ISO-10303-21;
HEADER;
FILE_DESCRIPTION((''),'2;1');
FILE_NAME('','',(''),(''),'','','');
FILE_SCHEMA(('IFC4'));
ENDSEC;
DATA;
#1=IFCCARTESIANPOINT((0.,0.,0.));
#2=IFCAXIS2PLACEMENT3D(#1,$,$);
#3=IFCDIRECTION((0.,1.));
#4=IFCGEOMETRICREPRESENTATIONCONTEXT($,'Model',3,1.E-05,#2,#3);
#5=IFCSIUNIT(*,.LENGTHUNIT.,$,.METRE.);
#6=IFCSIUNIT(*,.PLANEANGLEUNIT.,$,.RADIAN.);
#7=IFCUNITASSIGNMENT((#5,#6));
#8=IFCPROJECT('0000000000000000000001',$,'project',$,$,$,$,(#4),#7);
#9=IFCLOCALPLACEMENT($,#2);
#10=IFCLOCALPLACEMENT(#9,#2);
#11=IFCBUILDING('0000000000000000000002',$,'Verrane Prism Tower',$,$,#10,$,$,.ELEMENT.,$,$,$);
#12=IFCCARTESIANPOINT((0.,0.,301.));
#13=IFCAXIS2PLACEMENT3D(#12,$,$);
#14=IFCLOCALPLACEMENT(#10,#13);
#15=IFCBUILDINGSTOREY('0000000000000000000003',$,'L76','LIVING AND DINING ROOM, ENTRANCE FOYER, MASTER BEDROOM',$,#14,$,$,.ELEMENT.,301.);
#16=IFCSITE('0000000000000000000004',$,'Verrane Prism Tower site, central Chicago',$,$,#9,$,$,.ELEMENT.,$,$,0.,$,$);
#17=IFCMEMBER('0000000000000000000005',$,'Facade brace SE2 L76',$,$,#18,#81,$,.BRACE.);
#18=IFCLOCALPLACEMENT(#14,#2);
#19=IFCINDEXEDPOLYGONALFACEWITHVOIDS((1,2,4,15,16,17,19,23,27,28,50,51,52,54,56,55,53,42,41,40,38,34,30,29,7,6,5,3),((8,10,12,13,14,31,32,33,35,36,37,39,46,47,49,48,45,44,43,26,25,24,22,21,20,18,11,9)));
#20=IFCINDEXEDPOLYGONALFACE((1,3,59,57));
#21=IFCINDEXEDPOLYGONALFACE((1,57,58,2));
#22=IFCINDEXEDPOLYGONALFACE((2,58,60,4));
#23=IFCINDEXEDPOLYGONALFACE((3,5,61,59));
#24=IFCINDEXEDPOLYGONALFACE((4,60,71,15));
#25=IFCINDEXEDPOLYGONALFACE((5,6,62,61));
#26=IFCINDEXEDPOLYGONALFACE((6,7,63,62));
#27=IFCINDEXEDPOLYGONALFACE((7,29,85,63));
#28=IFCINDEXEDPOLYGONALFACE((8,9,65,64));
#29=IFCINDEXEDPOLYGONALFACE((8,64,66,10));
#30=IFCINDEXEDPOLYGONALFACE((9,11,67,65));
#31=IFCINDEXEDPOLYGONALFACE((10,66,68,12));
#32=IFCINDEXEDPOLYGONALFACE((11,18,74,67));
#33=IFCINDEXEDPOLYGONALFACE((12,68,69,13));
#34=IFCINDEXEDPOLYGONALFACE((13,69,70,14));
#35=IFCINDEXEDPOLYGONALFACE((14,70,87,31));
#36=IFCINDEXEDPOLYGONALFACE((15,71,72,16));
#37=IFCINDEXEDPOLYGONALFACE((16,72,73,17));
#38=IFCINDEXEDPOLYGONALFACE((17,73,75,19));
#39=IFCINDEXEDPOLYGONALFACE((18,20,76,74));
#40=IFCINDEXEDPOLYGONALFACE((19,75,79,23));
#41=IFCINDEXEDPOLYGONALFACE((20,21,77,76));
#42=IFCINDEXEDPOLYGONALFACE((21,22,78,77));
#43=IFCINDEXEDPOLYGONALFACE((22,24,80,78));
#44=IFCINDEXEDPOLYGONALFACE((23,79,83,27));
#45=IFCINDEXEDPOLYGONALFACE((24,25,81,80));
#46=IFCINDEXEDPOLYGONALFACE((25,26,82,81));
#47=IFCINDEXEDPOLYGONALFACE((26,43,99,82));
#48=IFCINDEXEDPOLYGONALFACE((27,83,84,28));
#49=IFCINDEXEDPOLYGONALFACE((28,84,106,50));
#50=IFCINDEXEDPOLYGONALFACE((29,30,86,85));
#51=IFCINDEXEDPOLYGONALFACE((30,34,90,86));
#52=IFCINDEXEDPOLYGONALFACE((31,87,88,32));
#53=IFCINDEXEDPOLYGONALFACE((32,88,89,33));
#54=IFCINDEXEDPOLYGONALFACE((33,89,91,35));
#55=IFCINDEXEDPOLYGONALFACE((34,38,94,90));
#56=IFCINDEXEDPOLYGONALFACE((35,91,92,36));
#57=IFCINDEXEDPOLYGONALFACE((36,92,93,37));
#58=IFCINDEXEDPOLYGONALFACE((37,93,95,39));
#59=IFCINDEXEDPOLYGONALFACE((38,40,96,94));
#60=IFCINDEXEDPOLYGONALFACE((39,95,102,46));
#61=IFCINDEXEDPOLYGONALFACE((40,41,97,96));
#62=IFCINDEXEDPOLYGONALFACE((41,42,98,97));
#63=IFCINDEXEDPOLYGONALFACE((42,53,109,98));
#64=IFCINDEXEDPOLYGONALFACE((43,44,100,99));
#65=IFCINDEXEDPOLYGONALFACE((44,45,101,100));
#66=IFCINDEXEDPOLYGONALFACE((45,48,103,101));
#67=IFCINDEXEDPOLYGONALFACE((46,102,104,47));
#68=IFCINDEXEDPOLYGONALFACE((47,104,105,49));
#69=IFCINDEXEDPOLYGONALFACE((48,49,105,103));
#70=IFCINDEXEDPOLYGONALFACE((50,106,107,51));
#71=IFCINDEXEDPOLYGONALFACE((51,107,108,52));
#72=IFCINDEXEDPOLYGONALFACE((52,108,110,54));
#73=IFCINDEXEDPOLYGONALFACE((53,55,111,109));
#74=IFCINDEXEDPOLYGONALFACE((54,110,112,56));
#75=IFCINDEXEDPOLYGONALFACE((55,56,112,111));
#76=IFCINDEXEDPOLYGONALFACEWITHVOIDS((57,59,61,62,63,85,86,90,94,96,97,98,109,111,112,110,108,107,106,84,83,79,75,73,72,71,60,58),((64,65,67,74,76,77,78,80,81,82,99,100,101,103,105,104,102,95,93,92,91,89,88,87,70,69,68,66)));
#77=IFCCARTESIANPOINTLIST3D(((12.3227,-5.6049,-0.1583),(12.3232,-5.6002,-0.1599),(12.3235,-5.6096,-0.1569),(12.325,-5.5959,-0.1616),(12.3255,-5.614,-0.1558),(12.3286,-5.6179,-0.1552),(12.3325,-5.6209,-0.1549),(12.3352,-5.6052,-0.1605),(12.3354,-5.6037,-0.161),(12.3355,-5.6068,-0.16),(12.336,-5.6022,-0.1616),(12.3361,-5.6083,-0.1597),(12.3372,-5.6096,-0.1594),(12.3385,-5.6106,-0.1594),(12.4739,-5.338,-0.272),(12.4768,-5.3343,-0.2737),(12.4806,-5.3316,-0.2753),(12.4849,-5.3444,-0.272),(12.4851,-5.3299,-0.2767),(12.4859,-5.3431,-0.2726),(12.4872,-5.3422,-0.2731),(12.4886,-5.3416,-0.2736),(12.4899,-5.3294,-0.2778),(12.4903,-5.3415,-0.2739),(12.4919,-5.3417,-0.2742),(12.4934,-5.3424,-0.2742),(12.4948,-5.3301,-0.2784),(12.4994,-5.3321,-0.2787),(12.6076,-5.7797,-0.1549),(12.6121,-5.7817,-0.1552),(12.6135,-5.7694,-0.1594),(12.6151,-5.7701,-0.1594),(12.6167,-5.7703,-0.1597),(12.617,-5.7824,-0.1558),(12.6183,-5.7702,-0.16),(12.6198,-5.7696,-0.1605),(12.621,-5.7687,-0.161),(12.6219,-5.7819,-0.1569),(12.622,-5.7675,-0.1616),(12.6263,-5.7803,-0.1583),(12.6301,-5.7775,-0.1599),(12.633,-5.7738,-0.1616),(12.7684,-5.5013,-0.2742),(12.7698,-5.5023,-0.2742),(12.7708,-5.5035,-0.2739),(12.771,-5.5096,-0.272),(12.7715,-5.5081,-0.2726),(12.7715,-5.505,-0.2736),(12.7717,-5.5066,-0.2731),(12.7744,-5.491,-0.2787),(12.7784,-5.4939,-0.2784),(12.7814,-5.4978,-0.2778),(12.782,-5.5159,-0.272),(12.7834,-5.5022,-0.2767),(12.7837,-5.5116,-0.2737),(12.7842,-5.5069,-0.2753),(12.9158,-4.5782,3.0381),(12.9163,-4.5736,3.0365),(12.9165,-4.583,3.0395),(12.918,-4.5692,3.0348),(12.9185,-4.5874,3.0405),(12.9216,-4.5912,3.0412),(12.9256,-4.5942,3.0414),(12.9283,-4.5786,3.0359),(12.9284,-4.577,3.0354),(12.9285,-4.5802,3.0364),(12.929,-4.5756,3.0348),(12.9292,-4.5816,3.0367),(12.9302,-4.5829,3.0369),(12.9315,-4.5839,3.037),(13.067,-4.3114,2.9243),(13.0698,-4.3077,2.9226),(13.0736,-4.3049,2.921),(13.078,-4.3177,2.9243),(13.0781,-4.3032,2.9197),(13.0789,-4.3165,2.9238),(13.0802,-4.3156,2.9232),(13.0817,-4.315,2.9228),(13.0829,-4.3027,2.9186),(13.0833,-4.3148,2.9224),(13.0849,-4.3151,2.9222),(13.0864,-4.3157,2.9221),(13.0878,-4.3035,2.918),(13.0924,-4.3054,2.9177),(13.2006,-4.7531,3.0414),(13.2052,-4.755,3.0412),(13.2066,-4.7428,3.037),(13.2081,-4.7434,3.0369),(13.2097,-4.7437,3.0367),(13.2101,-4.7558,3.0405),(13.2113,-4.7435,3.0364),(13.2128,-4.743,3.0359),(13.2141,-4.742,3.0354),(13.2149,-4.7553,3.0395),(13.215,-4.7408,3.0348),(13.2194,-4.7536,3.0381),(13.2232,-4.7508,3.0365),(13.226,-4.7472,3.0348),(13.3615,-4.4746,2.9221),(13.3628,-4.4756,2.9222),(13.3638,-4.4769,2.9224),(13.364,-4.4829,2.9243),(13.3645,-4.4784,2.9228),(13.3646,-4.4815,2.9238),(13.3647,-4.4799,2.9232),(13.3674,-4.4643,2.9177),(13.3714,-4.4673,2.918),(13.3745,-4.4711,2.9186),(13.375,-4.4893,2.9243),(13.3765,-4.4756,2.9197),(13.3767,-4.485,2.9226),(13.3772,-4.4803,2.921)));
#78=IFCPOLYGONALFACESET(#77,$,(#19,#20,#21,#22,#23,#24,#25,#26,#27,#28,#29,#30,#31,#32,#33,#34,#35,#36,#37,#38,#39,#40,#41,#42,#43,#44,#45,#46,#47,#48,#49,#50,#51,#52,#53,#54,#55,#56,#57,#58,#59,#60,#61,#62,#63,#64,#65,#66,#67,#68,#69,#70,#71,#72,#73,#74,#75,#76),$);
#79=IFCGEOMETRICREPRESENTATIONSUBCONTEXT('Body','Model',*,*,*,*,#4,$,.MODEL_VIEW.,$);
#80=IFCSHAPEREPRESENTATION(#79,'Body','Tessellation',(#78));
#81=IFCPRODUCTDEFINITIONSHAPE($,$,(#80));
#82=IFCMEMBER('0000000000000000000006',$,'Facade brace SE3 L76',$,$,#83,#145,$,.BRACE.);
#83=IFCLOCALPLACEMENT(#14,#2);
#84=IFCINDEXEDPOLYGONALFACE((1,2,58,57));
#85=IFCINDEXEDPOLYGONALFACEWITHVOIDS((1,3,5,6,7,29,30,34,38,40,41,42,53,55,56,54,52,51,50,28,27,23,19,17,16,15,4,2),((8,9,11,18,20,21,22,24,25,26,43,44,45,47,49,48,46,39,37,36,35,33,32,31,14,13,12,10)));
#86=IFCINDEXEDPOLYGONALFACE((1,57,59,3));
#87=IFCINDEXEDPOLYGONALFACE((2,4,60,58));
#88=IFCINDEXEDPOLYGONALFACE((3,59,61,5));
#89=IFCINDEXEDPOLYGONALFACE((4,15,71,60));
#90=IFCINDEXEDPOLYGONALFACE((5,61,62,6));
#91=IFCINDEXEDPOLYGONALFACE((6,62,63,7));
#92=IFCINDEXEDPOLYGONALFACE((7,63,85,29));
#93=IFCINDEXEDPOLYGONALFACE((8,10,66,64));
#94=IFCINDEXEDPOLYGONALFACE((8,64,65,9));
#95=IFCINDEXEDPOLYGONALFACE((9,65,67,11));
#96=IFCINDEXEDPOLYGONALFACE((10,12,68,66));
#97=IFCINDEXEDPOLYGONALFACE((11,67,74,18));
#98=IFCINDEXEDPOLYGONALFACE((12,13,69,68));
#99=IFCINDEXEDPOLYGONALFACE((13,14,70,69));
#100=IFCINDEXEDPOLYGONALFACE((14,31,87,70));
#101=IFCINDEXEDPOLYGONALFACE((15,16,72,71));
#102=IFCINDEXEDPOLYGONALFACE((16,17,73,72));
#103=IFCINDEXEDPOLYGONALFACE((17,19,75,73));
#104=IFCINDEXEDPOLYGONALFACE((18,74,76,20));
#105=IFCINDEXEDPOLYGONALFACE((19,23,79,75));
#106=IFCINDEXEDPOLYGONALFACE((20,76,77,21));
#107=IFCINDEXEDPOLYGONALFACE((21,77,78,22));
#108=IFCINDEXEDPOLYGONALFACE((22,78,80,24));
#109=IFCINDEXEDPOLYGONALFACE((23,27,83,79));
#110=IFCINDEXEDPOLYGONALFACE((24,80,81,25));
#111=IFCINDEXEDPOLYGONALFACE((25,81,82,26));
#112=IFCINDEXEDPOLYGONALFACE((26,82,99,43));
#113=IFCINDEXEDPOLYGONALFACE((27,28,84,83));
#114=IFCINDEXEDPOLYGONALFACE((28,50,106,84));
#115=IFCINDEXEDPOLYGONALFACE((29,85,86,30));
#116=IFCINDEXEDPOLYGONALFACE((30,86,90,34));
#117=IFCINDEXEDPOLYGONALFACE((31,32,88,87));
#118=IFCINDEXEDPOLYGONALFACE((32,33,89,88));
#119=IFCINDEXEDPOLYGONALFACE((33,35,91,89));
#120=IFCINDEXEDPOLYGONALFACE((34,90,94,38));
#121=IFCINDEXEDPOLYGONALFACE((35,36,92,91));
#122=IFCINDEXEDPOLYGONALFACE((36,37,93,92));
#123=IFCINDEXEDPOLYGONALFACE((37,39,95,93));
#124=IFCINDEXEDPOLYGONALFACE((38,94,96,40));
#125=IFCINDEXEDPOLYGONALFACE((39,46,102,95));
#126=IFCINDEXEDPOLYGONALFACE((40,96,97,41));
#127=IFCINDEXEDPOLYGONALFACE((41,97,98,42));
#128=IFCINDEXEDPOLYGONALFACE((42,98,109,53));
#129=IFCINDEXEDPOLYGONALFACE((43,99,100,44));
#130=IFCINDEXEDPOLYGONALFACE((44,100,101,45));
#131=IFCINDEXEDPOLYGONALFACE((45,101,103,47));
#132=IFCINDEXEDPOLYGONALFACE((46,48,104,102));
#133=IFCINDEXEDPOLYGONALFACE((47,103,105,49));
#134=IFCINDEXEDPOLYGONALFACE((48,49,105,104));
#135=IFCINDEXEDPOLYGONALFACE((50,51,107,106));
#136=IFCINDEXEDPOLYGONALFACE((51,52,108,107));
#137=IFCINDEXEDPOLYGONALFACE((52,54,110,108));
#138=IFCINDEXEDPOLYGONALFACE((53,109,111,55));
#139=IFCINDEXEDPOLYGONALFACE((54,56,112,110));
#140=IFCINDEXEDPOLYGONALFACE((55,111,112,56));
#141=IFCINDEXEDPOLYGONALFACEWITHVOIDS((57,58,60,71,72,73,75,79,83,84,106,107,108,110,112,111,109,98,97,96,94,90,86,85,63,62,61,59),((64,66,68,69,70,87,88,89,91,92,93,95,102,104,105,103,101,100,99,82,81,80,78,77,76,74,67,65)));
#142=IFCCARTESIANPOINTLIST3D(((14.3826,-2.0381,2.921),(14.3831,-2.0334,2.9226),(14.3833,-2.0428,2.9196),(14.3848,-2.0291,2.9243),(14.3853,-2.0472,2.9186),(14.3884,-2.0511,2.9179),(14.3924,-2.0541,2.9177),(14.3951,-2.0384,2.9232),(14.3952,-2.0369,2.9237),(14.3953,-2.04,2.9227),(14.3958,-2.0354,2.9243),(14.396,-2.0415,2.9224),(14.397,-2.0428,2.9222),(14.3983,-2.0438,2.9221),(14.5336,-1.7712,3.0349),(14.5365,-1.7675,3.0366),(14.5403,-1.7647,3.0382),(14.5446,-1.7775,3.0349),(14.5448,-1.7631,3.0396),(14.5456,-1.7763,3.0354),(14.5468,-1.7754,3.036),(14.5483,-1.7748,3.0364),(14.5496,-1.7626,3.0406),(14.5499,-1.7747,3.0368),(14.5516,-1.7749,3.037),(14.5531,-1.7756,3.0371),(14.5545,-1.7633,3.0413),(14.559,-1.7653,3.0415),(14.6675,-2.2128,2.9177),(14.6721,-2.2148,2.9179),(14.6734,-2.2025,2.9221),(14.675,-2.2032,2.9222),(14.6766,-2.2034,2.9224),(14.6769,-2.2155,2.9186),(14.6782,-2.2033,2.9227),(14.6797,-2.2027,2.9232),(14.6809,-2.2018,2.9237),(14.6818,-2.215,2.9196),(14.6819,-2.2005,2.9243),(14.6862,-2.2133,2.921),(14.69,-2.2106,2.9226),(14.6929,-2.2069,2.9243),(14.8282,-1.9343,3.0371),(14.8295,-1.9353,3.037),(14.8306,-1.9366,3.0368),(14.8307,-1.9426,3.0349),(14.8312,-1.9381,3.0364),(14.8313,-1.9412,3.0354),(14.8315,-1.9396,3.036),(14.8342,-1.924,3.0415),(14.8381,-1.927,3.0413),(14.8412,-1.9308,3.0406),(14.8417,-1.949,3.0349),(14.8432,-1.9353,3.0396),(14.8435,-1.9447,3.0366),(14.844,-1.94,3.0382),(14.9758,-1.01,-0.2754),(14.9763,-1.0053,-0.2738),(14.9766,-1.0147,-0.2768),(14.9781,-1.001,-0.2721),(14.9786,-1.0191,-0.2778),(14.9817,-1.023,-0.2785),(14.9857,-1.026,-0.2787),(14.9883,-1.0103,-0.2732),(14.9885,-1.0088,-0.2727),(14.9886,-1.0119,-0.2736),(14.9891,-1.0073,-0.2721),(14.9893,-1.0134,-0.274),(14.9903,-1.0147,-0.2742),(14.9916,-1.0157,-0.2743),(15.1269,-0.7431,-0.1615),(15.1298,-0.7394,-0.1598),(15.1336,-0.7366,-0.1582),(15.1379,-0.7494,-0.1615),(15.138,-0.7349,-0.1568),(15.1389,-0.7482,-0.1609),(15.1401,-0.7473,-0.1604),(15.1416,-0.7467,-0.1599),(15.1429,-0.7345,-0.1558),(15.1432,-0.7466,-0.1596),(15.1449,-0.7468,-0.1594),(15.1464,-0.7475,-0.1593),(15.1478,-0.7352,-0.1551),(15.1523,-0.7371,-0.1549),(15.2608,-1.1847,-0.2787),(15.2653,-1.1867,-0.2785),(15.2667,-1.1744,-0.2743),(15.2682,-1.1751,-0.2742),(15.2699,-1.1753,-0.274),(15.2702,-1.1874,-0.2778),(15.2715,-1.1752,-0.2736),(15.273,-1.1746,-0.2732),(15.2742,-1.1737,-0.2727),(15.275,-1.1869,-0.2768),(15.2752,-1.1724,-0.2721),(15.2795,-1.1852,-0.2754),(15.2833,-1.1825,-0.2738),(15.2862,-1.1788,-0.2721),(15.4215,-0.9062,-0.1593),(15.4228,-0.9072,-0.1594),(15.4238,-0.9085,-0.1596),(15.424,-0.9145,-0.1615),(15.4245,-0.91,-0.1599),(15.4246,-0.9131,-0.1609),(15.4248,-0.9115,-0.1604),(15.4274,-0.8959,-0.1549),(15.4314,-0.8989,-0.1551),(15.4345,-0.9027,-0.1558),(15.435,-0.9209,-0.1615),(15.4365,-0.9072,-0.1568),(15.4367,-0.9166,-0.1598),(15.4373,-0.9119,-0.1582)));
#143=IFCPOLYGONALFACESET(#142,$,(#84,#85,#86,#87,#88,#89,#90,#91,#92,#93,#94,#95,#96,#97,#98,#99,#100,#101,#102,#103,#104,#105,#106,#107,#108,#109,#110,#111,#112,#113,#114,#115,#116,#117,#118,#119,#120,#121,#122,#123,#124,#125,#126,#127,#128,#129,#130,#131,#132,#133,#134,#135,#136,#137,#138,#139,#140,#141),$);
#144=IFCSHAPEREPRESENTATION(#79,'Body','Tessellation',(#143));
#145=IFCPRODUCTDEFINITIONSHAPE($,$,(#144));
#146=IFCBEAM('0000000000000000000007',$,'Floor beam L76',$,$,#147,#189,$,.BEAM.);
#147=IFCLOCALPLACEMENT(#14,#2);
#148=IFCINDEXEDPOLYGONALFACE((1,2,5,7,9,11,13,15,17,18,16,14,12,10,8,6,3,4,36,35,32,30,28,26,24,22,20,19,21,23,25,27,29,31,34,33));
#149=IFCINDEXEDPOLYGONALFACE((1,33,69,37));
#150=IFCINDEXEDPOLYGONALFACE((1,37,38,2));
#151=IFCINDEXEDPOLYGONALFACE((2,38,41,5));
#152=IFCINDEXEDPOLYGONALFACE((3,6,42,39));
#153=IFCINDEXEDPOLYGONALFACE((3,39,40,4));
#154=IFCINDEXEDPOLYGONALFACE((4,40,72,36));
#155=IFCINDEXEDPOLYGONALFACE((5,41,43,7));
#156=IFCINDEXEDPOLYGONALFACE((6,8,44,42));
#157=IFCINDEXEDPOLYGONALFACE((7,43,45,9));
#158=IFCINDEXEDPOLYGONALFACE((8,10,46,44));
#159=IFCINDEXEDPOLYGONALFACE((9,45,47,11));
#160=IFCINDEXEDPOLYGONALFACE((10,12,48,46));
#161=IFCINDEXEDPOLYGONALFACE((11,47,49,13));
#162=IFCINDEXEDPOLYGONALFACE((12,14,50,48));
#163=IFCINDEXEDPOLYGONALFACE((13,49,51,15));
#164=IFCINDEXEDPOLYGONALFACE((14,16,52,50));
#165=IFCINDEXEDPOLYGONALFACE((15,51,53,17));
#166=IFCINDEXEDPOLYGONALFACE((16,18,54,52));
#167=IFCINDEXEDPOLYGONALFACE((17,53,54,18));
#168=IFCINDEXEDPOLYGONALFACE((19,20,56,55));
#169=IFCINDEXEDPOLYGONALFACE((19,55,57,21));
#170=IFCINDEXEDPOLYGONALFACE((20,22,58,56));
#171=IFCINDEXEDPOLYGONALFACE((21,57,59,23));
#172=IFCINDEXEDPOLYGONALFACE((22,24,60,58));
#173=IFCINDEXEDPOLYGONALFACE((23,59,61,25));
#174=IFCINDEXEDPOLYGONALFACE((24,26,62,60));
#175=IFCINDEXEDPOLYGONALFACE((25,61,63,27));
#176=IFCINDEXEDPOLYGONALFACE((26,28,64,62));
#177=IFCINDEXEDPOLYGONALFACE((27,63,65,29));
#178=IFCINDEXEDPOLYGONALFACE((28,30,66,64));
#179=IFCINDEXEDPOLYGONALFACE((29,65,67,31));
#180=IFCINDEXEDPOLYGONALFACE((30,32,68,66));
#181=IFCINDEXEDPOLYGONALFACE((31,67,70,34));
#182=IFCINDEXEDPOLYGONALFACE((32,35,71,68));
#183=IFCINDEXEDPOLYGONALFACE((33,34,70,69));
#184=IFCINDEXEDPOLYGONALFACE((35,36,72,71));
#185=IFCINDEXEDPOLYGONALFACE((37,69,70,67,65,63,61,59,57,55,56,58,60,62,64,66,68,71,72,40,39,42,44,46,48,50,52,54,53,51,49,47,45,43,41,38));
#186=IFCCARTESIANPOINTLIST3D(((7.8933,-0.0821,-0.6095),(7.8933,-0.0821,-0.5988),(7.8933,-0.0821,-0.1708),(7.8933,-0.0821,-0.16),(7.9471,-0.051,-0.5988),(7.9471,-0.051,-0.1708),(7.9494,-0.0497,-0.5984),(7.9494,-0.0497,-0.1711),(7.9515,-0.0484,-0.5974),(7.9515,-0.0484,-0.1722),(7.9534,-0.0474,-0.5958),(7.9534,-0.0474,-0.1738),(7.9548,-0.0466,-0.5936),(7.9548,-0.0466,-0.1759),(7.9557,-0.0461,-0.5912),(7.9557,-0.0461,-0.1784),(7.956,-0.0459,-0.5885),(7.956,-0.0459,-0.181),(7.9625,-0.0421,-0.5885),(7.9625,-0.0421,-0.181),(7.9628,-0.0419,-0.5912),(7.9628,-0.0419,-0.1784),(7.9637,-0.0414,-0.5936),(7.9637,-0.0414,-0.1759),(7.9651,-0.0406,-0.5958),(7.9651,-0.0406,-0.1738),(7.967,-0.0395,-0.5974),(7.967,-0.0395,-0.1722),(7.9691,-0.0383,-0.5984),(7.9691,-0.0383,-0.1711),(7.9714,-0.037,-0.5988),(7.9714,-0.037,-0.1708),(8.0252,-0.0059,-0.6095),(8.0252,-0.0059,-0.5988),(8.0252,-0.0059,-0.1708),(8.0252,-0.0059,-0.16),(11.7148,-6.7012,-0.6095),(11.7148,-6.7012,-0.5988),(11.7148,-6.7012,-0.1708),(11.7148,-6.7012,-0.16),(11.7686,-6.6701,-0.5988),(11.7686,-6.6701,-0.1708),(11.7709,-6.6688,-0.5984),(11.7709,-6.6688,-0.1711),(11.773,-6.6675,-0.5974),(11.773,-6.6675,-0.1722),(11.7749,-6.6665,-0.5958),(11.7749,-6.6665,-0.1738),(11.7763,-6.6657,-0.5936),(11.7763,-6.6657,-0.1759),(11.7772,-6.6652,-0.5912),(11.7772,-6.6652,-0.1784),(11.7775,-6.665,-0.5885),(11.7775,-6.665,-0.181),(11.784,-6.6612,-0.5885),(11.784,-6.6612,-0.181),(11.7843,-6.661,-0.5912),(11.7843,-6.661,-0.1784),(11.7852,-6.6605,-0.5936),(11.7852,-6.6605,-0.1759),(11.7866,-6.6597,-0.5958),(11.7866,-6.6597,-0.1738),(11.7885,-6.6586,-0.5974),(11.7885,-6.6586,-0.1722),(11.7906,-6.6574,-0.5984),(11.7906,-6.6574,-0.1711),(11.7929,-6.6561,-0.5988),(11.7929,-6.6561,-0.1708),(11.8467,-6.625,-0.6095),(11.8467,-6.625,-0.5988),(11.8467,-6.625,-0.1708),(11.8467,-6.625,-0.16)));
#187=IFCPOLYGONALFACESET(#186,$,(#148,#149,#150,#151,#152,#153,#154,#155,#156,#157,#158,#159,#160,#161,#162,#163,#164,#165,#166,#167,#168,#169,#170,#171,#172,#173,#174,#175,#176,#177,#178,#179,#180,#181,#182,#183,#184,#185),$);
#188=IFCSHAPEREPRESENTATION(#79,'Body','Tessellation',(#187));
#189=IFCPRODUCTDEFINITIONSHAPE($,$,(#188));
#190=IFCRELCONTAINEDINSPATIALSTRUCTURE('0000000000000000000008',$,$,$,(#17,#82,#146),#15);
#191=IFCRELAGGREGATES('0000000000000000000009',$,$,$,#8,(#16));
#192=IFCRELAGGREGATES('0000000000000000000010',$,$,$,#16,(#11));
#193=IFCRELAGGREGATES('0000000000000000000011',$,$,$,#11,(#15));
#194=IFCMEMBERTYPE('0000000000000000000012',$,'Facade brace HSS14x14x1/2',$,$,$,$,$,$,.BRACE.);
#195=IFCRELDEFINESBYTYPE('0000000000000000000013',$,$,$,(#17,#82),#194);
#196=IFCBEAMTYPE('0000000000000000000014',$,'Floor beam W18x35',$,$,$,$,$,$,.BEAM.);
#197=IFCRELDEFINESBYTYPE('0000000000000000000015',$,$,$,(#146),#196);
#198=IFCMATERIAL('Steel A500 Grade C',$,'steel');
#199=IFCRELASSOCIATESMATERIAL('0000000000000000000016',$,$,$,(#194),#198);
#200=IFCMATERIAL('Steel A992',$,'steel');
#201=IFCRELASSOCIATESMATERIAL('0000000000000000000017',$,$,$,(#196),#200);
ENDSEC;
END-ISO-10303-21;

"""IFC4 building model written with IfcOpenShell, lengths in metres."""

from ifc_helpers import new_model, si_unit, direction, frame, origin, origin_2d, place, context, subcontext, project, spatial, hollow_rectangle, i_section, extrude, material, material_profile, profile_set, type_object, element, save


model = new_model("IFC4")

# Units and contexts
model_context = context("Model", 3, precision=1e-05, world=origin(), true_north=direction((0.0, 1.0)))
body_context = subcontext(model_context, "Body", "Model", "MODEL_VIEW")
ifc_project = project(units=[si_unit("LENGTHUNIT", "METRE"), si_unit("PLANEANGLEUNIT", "RADIAN")], contexts=[model_context])

# Site, building, storey
site_placement = place(None, origin())
site = spatial("IfcSite", under=ifc_project, at=site_placement, Name="Verrane Prism Tower site, central Chicago", CompositionType="ELEMENT", RefElevation=0.0)
building_placement = place(site_placement, origin())
building = spatial("IfcBuilding", under=site, at=building_placement, Name="Verrane Prism Tower", CompositionType="ELEMENT")
storey_placement = place(building_placement, frame((0.0, 0.0, 301.0)))
storey = spatial("IfcBuildingStorey", under=building, at=storey_placement, Name="L76", Description="LIVING AND DINING ROOM, ENTRANCE FOYER, MASTER BEDROOM", CompositionType="ELEMENT", Elevation=301.0)

# Members
ifc_material_1 = material(Name="Steel A500 Grade C", Category="steel")
ifc_material_profile_1 = material_profile(ifc_material_1, hollow_rectangle(XDim=0.3557, YDim=0.3557, WallThickness=0.0127, InnerFilletRadius=0.0063, OuterFilletRadius=0.019, at=origin_2d()), Name="HSS14x14x1/2")
ifc_profile_set_1 = profile_set([ifc_material_profile_1], Name="Steel A500 Grade C")
member_type_1 = type_object("IfcMemberType", Name="Facade brace HSS14x14x1/2", PredefinedType="BRACE", material=ifc_profile_set_1)
member_1_placement = place(storey_placement, frame((12.5535, -5.5559, -0.2168), z_axis=(0.173952, 0.30114, 0.93758), x_axis=(-0.865915, 0.500192, 0.0)))
element("IfcMember", 1, at=member_1_placement, inside=storey, type_object=member_type_1, Name="Facade brace SE2 L76", PredefinedType="BRACE", context=body_context, shape_type="SweptSolid", body=[
    extrude(hollow_rectangle(XDim=0.3557, YDim=0.3557, WallThickness=0.0127, InnerFilletRadius=0.0063, OuterFilletRadius=0.019, at=origin_2d()), origin(), (0.0, 0.0, 1.0), 3.4092),
])
member_2_placement = place(storey_placement, frame((15.2065, -0.9609, -0.2168), z_axis=(-0.173999, -0.301527, 0.937447), x_axis=(0.866134, -0.499811, 0.0)))
element("IfcMember", 2, at=member_2_placement, inside=storey, type_object=member_type_1, Name="Facade brace SE3 L76", PredefinedType="BRACE", context=body_context, shape_type="SweptSolid", body=[
    extrude(hollow_rectangle(XDim=0.3557, YDim=0.3557, WallThickness=0.0127, InnerFilletRadius=0.0063, OuterFilletRadius=0.019, at=origin_2d()), origin(), (0.0, 0.0, 1.0), 3.4097),
])

# Beam
ifc_material_2 = material(Name="Steel A992", Category="steel")
ifc_material_profile_2 = material_profile(ifc_material_2, i_section(OverallWidth=0.1523, OverallDepth=0.4495, WebThickness=0.0076, FlangeThickness=0.0107, FilletRadius=0.0103, at=origin_2d()), Name="W18x35")
ifc_profile_set_2 = profile_set([ifc_material_profile_2], Name="Steel A992")
beam_type_1 = type_object("IfcBeamType", Name="Floor beam W18x35", PredefinedType="BEAM", material=ifc_profile_set_2)
beam_1_placement = place(storey_placement, frame((11.7808, -6.6631, -0.3848), z_axis=(-0.499997, 0.866027, 0.0), x_axis=(-0.866027, -0.499997, 0.0)))
element("IfcBeam", 3, at=beam_1_placement, inside=storey, type_object=beam_type_1, Name="Floor beam L76", PredefinedType="BEAM", context=body_context, shape_type="SweptSolid", body=[
    extrude(i_section(OverallWidth=0.1523, OverallDepth=0.4495, WebThickness=0.0076, FlangeThickness=0.0107, FilletRadius=0.0103, at=origin_2d()), origin(), (0.0, 0.0, 1.0), 7.6431),
])

save(model, "model.ifc")
